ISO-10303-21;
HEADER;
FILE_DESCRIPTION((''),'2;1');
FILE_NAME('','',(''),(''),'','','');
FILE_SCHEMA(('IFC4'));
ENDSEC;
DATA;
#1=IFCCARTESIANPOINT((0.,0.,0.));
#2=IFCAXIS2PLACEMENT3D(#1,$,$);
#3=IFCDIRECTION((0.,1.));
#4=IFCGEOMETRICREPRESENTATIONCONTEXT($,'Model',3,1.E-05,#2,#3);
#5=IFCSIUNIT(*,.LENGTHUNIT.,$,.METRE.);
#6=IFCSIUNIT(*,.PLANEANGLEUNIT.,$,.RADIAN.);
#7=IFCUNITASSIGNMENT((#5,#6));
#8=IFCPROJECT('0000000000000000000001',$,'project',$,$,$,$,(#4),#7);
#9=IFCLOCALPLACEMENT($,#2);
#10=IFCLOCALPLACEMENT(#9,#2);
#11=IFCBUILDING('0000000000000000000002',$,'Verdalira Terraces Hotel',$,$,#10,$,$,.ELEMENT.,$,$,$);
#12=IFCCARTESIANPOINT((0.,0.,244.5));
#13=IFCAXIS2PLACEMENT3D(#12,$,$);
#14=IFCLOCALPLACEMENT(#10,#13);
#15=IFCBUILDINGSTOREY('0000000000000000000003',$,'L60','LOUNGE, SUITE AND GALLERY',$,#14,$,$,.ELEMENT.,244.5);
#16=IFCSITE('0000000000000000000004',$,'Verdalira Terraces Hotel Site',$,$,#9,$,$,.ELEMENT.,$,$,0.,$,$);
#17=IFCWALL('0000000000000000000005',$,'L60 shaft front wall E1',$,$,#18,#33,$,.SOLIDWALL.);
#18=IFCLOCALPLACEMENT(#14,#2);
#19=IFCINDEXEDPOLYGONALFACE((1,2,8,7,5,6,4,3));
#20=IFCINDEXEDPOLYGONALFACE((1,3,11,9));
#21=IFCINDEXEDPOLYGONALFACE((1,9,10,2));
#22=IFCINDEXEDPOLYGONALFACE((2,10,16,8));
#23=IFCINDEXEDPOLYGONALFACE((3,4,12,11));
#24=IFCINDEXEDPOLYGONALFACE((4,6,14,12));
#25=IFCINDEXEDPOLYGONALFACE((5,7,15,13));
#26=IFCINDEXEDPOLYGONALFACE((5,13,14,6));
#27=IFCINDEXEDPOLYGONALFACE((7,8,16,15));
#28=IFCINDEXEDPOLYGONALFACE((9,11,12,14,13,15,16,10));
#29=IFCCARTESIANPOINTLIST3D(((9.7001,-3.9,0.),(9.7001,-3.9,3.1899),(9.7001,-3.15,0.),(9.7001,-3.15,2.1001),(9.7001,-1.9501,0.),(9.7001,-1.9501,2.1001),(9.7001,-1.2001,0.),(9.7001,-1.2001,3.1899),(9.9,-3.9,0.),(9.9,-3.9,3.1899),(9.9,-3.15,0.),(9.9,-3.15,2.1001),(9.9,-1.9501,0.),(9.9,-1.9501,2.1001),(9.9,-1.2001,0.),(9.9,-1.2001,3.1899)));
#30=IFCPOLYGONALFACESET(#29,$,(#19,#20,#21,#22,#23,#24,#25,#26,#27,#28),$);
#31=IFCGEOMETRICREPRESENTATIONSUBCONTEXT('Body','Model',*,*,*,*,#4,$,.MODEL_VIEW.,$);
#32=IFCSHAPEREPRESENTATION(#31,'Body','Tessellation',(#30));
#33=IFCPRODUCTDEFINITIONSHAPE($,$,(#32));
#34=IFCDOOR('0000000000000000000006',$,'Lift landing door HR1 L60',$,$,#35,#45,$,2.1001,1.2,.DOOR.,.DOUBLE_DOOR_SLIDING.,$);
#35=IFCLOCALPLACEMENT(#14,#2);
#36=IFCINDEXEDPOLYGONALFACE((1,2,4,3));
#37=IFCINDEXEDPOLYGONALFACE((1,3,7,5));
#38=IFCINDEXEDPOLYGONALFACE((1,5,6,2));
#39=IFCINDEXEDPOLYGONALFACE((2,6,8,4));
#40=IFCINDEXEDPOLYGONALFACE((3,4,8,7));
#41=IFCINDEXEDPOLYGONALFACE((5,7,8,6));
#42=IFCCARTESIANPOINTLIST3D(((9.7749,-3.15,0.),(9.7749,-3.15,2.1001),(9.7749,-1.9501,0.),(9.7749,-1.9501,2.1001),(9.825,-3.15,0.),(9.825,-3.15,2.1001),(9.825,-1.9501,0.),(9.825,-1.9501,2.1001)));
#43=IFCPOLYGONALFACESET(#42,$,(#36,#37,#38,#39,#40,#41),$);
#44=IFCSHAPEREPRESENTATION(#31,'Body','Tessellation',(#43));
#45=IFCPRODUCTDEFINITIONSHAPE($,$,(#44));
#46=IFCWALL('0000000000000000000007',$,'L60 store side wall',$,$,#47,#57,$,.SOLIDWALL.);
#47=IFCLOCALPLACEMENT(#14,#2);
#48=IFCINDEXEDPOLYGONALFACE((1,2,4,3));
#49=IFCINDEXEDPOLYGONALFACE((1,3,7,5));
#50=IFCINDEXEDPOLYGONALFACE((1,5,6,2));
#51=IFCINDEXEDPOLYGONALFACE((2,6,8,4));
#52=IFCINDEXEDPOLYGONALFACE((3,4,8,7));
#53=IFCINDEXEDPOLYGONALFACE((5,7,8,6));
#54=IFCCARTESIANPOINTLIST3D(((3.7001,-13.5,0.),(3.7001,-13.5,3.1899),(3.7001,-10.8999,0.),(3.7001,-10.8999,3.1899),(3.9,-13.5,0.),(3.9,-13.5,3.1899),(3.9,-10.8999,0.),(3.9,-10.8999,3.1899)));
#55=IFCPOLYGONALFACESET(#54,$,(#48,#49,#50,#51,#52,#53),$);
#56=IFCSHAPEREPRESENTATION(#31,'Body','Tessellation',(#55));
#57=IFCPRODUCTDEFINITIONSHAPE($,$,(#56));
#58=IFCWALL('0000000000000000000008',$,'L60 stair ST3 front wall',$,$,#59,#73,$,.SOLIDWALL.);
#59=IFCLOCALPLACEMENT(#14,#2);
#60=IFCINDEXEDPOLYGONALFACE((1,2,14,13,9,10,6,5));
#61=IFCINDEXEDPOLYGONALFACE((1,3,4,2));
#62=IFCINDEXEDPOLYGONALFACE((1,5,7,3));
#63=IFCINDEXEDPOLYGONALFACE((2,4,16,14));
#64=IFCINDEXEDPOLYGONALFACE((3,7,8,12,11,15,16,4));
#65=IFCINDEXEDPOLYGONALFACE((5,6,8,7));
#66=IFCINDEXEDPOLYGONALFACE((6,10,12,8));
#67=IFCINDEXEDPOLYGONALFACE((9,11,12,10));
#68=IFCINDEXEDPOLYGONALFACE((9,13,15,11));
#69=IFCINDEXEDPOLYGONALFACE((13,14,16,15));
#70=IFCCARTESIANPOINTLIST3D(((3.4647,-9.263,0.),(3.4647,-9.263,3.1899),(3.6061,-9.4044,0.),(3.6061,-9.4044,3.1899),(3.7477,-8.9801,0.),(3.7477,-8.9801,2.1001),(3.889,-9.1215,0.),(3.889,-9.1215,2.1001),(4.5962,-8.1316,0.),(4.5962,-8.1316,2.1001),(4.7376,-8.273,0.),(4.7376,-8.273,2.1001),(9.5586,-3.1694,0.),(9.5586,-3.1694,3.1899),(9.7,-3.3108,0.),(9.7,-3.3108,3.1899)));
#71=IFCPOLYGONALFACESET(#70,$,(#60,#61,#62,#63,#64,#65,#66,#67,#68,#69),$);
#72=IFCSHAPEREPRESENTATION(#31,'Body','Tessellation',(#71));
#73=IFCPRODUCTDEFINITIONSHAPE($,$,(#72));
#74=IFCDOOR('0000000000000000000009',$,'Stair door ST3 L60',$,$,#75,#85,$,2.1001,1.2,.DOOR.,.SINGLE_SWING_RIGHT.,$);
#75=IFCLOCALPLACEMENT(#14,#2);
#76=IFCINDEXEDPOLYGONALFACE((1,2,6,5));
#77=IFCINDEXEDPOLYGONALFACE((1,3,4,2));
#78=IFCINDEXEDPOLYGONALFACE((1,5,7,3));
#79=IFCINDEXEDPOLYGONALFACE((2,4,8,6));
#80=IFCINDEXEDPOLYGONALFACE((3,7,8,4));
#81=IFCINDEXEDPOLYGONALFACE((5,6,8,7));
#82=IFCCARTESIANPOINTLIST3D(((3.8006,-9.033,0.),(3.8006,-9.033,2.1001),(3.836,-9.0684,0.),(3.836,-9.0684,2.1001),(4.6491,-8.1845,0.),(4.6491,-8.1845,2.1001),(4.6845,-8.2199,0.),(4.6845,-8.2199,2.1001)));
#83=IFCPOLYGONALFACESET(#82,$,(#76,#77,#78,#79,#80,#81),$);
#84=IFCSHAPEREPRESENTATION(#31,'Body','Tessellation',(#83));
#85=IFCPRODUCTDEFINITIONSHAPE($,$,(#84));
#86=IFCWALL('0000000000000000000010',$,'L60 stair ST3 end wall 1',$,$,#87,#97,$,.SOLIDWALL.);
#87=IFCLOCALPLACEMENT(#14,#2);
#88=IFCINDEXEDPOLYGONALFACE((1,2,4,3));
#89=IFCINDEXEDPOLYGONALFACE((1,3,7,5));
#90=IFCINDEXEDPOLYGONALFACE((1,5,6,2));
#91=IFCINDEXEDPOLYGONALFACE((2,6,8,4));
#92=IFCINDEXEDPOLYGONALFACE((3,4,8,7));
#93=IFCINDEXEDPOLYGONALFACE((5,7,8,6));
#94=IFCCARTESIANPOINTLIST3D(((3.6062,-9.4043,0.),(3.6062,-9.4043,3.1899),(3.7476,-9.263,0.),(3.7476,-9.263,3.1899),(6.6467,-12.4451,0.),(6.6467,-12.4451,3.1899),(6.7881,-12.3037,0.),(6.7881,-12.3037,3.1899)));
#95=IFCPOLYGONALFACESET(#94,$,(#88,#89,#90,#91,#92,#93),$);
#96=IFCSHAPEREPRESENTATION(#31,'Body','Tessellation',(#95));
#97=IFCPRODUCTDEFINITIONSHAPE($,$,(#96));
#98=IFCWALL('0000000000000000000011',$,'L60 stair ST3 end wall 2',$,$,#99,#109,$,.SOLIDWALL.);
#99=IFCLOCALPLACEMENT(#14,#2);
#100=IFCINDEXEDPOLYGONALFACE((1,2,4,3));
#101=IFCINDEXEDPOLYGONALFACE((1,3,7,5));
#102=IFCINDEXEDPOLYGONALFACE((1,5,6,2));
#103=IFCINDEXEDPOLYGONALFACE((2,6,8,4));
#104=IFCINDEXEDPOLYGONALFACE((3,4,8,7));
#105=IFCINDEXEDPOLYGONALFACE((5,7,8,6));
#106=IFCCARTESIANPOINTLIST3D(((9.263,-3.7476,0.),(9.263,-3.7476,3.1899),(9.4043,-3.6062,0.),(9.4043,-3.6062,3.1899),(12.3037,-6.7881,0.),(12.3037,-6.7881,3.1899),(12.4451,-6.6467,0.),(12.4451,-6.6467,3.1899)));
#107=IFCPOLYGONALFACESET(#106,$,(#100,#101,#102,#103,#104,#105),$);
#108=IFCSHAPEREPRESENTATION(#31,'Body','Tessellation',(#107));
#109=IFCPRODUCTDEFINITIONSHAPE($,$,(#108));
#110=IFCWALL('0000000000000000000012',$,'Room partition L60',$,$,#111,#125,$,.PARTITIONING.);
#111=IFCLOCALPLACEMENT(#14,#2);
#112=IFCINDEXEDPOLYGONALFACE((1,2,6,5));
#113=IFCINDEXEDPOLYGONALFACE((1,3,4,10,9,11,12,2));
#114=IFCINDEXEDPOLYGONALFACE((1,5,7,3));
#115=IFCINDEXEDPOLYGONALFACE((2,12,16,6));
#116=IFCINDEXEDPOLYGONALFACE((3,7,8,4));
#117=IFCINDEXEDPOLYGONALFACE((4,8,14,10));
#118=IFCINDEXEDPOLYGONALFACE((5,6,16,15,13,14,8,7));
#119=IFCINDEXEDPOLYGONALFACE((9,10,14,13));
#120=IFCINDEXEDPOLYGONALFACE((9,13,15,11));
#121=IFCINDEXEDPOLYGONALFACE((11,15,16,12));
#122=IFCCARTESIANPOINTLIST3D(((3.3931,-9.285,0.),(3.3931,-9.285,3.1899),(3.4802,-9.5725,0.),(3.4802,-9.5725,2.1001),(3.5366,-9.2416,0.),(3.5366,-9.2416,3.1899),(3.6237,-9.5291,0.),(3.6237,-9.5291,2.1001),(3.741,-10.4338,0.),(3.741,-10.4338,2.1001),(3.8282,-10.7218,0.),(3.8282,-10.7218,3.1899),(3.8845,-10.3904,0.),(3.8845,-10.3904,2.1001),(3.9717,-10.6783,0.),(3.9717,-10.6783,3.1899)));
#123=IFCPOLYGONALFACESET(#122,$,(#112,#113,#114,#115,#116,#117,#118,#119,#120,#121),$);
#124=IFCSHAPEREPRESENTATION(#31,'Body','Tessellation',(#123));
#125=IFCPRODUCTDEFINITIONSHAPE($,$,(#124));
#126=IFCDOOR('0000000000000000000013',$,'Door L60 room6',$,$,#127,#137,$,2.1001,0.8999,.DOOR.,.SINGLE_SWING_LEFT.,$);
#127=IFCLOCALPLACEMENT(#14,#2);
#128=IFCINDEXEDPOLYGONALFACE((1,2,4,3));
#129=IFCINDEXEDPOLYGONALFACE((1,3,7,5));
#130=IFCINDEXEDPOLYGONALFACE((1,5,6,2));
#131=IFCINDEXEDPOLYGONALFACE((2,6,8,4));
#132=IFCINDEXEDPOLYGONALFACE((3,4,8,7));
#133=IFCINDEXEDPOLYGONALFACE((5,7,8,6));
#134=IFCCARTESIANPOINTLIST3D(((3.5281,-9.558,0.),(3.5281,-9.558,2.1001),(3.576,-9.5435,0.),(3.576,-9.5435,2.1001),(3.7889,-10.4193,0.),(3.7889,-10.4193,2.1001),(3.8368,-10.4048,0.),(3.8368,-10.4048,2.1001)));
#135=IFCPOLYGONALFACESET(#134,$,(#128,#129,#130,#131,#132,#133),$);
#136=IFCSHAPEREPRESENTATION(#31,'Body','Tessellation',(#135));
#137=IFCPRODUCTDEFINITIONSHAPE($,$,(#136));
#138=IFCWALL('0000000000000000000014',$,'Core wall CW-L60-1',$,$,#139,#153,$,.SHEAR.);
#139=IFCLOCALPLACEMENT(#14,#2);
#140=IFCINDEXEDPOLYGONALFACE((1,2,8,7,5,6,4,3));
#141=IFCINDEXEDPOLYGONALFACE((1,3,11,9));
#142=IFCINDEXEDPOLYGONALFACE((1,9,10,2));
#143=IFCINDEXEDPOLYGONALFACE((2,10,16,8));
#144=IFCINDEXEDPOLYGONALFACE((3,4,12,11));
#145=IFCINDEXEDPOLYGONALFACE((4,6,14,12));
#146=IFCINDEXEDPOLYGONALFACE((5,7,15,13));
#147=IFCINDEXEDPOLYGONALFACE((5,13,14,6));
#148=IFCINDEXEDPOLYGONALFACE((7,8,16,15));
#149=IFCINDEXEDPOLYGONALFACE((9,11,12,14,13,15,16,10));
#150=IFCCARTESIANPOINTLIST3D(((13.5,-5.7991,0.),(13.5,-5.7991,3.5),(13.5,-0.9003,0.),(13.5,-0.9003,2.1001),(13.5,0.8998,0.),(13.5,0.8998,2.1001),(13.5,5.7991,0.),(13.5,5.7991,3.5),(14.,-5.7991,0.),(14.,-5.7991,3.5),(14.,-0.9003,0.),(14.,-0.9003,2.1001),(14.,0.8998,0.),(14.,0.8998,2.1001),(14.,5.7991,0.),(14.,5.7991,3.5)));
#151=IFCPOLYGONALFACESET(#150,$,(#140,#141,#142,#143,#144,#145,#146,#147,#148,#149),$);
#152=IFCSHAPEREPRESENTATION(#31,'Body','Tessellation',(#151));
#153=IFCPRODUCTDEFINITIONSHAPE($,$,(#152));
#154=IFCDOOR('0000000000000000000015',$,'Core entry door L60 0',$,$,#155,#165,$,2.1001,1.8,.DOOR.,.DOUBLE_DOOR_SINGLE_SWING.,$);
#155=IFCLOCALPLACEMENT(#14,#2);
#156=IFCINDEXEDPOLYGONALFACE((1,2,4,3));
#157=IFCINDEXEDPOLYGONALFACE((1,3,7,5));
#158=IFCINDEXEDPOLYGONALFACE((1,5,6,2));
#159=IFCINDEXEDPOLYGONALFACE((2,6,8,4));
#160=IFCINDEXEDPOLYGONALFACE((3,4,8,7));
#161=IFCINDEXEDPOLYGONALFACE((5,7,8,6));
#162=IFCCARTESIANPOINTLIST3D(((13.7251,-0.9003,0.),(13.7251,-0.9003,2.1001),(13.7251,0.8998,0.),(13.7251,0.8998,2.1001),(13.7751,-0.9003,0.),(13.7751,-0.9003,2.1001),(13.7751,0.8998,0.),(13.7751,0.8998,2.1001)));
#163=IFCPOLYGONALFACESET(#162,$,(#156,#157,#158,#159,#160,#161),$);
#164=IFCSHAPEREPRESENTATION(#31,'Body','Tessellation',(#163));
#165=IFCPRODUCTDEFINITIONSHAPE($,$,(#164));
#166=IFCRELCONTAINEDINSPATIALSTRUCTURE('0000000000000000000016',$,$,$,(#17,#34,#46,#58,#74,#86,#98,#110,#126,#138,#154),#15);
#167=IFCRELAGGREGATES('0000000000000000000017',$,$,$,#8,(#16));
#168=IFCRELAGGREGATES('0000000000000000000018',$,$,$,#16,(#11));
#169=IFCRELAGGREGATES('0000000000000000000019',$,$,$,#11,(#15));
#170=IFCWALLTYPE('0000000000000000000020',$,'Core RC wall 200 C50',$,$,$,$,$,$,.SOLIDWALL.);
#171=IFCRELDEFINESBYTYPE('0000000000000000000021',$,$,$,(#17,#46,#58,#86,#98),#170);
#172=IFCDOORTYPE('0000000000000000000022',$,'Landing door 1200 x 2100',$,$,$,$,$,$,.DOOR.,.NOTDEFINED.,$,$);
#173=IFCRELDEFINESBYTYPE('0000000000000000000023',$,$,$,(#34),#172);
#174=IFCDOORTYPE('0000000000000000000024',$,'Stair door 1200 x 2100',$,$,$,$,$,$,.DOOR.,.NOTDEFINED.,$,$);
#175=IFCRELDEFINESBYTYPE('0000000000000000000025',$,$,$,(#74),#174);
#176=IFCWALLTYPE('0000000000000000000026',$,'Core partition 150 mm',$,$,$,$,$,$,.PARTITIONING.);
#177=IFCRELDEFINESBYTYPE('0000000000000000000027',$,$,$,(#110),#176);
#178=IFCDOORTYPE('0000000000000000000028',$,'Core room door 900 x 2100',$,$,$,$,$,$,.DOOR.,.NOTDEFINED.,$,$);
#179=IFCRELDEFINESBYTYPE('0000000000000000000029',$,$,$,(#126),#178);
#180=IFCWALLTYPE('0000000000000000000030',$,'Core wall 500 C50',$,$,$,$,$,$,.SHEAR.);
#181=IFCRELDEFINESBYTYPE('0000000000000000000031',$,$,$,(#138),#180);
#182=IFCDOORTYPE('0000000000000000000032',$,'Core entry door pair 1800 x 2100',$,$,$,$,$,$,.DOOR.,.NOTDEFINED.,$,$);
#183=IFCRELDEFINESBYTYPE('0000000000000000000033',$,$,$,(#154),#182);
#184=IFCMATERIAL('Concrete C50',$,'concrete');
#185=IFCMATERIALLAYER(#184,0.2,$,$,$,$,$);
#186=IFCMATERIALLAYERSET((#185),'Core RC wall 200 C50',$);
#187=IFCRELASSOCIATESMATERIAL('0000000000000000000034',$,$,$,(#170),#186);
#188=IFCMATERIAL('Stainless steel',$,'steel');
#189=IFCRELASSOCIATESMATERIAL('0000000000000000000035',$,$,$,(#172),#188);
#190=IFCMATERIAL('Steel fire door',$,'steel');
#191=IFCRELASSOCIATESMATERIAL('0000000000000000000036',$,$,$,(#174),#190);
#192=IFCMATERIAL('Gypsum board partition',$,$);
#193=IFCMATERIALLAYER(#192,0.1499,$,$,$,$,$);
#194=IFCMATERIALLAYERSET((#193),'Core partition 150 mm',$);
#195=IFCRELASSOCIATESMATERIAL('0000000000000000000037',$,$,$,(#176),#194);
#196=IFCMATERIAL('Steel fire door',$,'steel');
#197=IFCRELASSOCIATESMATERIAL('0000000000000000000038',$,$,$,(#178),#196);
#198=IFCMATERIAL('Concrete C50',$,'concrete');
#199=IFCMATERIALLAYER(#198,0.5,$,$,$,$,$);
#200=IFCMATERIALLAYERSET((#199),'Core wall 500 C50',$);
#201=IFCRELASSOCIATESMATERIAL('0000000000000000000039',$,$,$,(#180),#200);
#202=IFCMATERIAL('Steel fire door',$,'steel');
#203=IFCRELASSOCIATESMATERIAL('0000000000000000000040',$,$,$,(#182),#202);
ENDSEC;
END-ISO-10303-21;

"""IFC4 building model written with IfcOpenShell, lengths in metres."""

from ifc_helpers import new_model, si_unit, direction, frame, frame_2d, origin, place, context, subcontext, project, spatial, rectangle, extrude, material, layer, layer_set, type_object, element, fill, save


model = new_model("IFC4")

# Units and contexts
model_context = context("Model", 3, precision=1e-05, world=origin(), true_north=direction((0.0, 1.0)))
body_context = subcontext(model_context, "Body", "Model", "MODEL_VIEW")
ifc_project = project(units=[si_unit("LENGTHUNIT", "METRE"), si_unit("PLANEANGLEUNIT", "RADIAN")], contexts=[model_context])

# Site, building, storey
site_placement = place(None, origin())
site = spatial("IfcSite", under=ifc_project, at=site_placement, Name="Verdalira Terraces Hotel Site", CompositionType="ELEMENT", RefElevation=0.0)
building_placement = place(site_placement, origin())
building = spatial("IfcBuilding", under=site, at=building_placement, Name="Verdalira Terraces Hotel", CompositionType="ELEMENT")
storey_placement = place(building_placement, frame((0.0, 0.0, 244.5)))
storey = spatial("IfcBuildingStorey", under=building, at=storey_placement, Name="L60", Description="LOUNGE, SUITE AND GALLERY", CompositionType="ELEMENT", Elevation=244.5)

# Wall, opening, door
ifc_material_1 = material(Name="Concrete C50", Category="concrete")
ifc_layer_1 = layer(ifc_material_1, 0.2)
ifc_layer_set_1 = layer_set([ifc_layer_1], Name="Core RC wall 200 C50")
wall_type_1 = type_object("IfcWallType", Name="Core RC wall 200 C50", PredefinedType="SOLIDWALL", material=ifc_layer_set_1)
wall_1_placement = place(storey_placement, frame((9.8, -1.2, 0.0), z_axis=(0.0, 0.0, 1.0), x_axis=(0.0, -1.0, 0.0)))
wall_1 = element("IfcWall", 1, at=wall_1_placement, inside=storey, type_object=wall_type_1, Name="L60 shaft front wall E1", PredefinedType="SOLIDWALL", context=body_context, shape_type="SweptSolid", body=[
    extrude(rectangle(XDim=2.7, YDim=0.2, at=frame_2d((1.3501, 0.0))), origin(), (0.0, 0.0, 1.0), 3.1899),
])
opening_1_placement = place(wall_1_placement, frame((0.75, 0.0, 0.0)))
opening_1 = element("IfcOpeningElement", 2, at=opening_1_placement, cuts=wall_1, PredefinedType="OPENING", context=body_context, shape_type="SweptSolid", body=[
    extrude(rectangle(XDim=1.2, YDim=2.1001, at=frame_2d((0.6001, 1.05))), frame((0.0, 0.1099, 0.0), z_axis=(0.0, -1.0, 0.0), x_axis=(1.0, 0.0, 0.0)), (0.0, 0.0, 1.0), 0.22),
])
ifc_material_2 = material(Name="Stainless steel", Category="steel")
door_type_1 = type_object("IfcDoorType", Name="Landing door 1200 x 2100", OperationType="NOTDEFINED", PredefinedType="DOOR", material=ifc_material_2)
door_1_placement = place(opening_1_placement, origin())
door_1 = element("IfcDoor", 3, at=door_1_placement, inside=storey, type_object=door_type_1, Name="Lift landing door HR1 L60", OperationType="DOUBLE_DOOR_SLIDING", OverallHeight=2.1001, OverallWidth=1.2, PredefinedType="DOOR", context=body_context, shape_type="SweptSolid", body=[
    extrude(rectangle(XDim=1.2, YDim=2.1001, at=frame_2d((0.6001, 1.05))), frame((0.0, 0.0249, 0.0), z_axis=(0.0, -1.0, 0.0), x_axis=(1.0, 0.0, 0.0)), (0.0, 0.0, 1.0), 0.05),
])
fill(opening_1, door_1)

# Wall
wall_2_placement = place(storey_placement, frame((3.8, -10.8999, 0.0), z_axis=(0.0, 0.0, 1.0), x_axis=(0.0, -1.0, 0.0)))
element("IfcWall", 4, at=wall_2_placement, inside=storey, type_object=wall_type_1, Name="L60 store side wall", PredefinedType="SOLIDWALL", context=body_context, shape_type="SweptSolid", body=[
    extrude(rectangle(XDim=2.6001, YDim=0.2, at=frame_2d((1.3, 0.0))), origin(), (0.0, 0.0, 1.0), 3.1899),
])

# Wall, opening, door
wall_3_placement = place(storey_placement, frame((9.6294, -3.24, 0.0), z_axis=(0.0, 0.0, 1.0), x_axis=(-0.707121, -0.707093, 0.0)))
wall_3 = element("IfcWall", 5, at=wall_3_placement, inside=storey, type_object=wall_type_1, Name="L60 stair ST3 front wall", PredefinedType="SOLIDWALL", context=body_context, shape_type="SweptSolid", body=[
    extrude(rectangle(XDim=8.6179, YDim=0.2, at=frame_2d((4.3091, 0.0))), origin(), (0.0, 0.0, 1.0), 3.1899),
])
opening_2_placement = place(wall_3_placement, frame((7.0178, 0.0, 0.0)))
opening_2 = element("IfcOpeningElement", 6, at=opening_2_placement, cuts=wall_3, PredefinedType="OPENING", context=body_context, shape_type="SweptSolid", body=[
    extrude(rectangle(XDim=1.2, YDim=2.1001, at=frame_2d((0.6001, 1.05))), frame((0.0, 0.1099, 0.0), z_axis=(0.0, -1.0, 0.0), x_axis=(1.0, 0.0, 0.0)), (0.0, 0.0, 1.0), 0.22),
])
ifc_material_3 = material(Name="Steel fire door", Category="steel")
door_type_2 = type_object("IfcDoorType", Name="Stair door 1200 x 2100", OperationType="NOTDEFINED", PredefinedType="DOOR", material=ifc_material_3)
door_2_placement = place(opening_2_placement, origin())
door_2 = element("IfcDoor", 7, at=door_2_placement, inside=storey, type_object=door_type_2, Name="Stair door ST3 L60", OperationType="SINGLE_SWING_RIGHT", OverallHeight=2.1001, OverallWidth=1.2, PredefinedType="DOOR", context=body_context, shape_type="SweptSolid", body=[
    extrude(rectangle(XDim=1.2, YDim=2.1001, at=frame_2d((0.6001, 1.05))), frame((0.0, 0.0249, 0.0), z_axis=(0.0, -1.0, 0.0), x_axis=(1.0, 0.0, 0.0)), (0.0, 0.0, 1.0), 0.05),
])
fill(opening_2, door_2)

# Walls
for number, where, z_axis, x_axis, name in (
    (8, (3.677, -9.3337, 0.0), (0.0, 0.0, 1.0), (0.707078, -0.707135, 0.0), "L60 stair ST3 end wall 1"),
    (9, (9.3337, -3.677, 0.0), (0.0, 0.0, 1.0), (0.707135, -0.707078, 0.0), "L60 stair ST3 end wall 2"),
):
    element("IfcWall", number, at=place(storey_placement, frame(where, z_axis=z_axis, x_axis=x_axis)), inside=storey, type_object=wall_type_1, Name=name, PredefinedType="SOLIDWALL", context=body_context, shape_type="SweptSolid", body=[
        extrude(rectangle(XDim=4.3, YDim=0.2, at=frame_2d((2.1499, 0.0))), origin(), (0.0, 0.0, 1.0), 3.1899),
    ])

# Walls, openings, doors
ifc_material_4 = material(Name="Gypsum board partition")
ifc_layer_2 = layer(ifc_material_4, 0.1499)
ifc_layer_set_2 = layer_set([ifc_layer_2], Name="Core partition 150 mm")
wall_type_2 = type_object("IfcWallType", Name="Core partition 150 mm", PredefinedType="PARTITIONING", material=ifc_layer_set_2)
wall_4_placement = place(storey_placement, frame((3.8999, -10.7, 0.0), z_axis=(0.0, 0.0, 1.0), x_axis=(-0.289809, 0.957085, 0.0)))
wall_4 = element("IfcWall", 10, at=wall_4_placement, inside=storey, type_object=wall_type_2, Name="Room partition L60", PredefinedType="PARTITIONING", context=body_context, shape_type="SweptSolid", body=[
    extrude(rectangle(XDim=1.5012, YDim=0.1499, at=frame_2d((0.7505, 0.0))), origin(), (0.0, 0.0, 1.0), 3.1899),
])
opening_3_placement = place(wall_4_placement, frame((0.3008, 0.0, 0.0)))
opening_3 = element("IfcOpeningElement", 11, at=opening_3_placement, cuts=wall_4, PredefinedType="OPENING", context=body_context, shape_type="SweptSolid", body=[
    extrude(rectangle(XDim=0.8999, YDim=2.1001, at=frame_2d((0.45, 1.05))), frame((0.0, 0.085, 0.0), z_axis=(0.0, -1.0, 0.0), x_axis=(1.0, 0.0, 0.0)), (0.0, 0.0, 1.0), 0.1699),
])
ifc_material_5 = material(Name="Steel fire door", Category="steel")
door_type_3 = type_object("IfcDoorType", Name="Core room door 900 x 2100", OperationType="NOTDEFINED", PredefinedType="DOOR", material=ifc_material_5)
door_3_placement = place(opening_3_placement, origin())
door_3 = element("IfcDoor", 12, at=door_3_placement, inside=storey, type_object=door_type_3, Name="Door L60 room6", OperationType="SINGLE_SWING_LEFT", OverallHeight=2.1001, OverallWidth=0.8999, PredefinedType="DOOR", context=body_context, shape_type="SweptSolid", body=[
    extrude(rectangle(XDim=0.8999, YDim=2.1001, at=frame_2d((0.45, 1.05))), frame((0.0, 0.0249, 0.0), z_axis=(0.0, -1.0, 0.0), x_axis=(1.0, 0.0, 0.0)), (0.0, 0.0, 1.0), 0.05),
])
fill(opening_3, door_3)
ifc_material_6 = material(Name="Concrete C50", Category="concrete")
ifc_layer_3 = layer(ifc_material_6, 0.5)
ifc_layer_set_3 = layer_set([ifc_layer_3], Name="Core wall 500 C50")
wall_type_3 = type_object("IfcWallType", Name="Core wall 500 C50", PredefinedType="SHEAR", material=ifc_layer_set_3)
wall_5_placement = place(storey_placement, frame((13.75, -5.7991, 0.0), z_axis=(0.0, 0.0, 1.0), x_axis=(0.0, 1.0, 0.0)))
wall_5 = element("IfcWall", 13, at=wall_5_placement, inside=storey, type_object=wall_type_3, Name="Core wall CW-L60-1", PredefinedType="SHEAR", context=body_context, shape_type="SweptSolid", body=[
    extrude(rectangle(XDim=11.5981, YDim=0.5, at=frame_2d((5.7991, 0.0))), origin(), (0.0, 0.0, 1.0), 3.5),
])
opening_4_placement = place(wall_5_placement, frame((4.8989, 0.0, 0.0)))
opening_4 = element("IfcOpeningElement", 14, at=opening_4_placement, cuts=wall_5, PredefinedType="OPENING", context=body_context, shape_type="SweptSolid", body=[
    extrude(rectangle(XDim=1.8, YDim=2.1001, at=frame_2d((0.8999, 1.05))), frame((0.0, 0.26, 0.0), z_axis=(0.0, -1.0, 0.0), x_axis=(1.0, 0.0, 0.0)), (0.0, 0.0, 1.0), 0.52),
])
ifc_material_7 = material(Name="Steel fire door", Category="steel")
door_type_4 = type_object("IfcDoorType", Name="Core entry door pair 1800 x 2100", OperationType="NOTDEFINED", PredefinedType="DOOR", material=ifc_material_7)
door_4_placement = place(opening_4_placement, origin())
door_4 = element("IfcDoor", 15, at=door_4_placement, inside=storey, type_object=door_type_4, Name="Core entry door L60 0", OperationType="DOUBLE_DOOR_SINGLE_SWING", OverallHeight=2.1001, OverallWidth=1.8, PredefinedType="DOOR", context=body_context, shape_type="SweptSolid", body=[
    extrude(rectangle(XDim=1.8, YDim=2.1001, at=frame_2d((0.8999, 1.05))), frame((0.0, 0.0249, 0.0), z_axis=(0.0, -1.0, 0.0), x_axis=(1.0, 0.0, 0.0)), (0.0, 0.0, 1.0), 0.05),
])
fill(opening_4, door_4)

save(model, "model.ifc")
